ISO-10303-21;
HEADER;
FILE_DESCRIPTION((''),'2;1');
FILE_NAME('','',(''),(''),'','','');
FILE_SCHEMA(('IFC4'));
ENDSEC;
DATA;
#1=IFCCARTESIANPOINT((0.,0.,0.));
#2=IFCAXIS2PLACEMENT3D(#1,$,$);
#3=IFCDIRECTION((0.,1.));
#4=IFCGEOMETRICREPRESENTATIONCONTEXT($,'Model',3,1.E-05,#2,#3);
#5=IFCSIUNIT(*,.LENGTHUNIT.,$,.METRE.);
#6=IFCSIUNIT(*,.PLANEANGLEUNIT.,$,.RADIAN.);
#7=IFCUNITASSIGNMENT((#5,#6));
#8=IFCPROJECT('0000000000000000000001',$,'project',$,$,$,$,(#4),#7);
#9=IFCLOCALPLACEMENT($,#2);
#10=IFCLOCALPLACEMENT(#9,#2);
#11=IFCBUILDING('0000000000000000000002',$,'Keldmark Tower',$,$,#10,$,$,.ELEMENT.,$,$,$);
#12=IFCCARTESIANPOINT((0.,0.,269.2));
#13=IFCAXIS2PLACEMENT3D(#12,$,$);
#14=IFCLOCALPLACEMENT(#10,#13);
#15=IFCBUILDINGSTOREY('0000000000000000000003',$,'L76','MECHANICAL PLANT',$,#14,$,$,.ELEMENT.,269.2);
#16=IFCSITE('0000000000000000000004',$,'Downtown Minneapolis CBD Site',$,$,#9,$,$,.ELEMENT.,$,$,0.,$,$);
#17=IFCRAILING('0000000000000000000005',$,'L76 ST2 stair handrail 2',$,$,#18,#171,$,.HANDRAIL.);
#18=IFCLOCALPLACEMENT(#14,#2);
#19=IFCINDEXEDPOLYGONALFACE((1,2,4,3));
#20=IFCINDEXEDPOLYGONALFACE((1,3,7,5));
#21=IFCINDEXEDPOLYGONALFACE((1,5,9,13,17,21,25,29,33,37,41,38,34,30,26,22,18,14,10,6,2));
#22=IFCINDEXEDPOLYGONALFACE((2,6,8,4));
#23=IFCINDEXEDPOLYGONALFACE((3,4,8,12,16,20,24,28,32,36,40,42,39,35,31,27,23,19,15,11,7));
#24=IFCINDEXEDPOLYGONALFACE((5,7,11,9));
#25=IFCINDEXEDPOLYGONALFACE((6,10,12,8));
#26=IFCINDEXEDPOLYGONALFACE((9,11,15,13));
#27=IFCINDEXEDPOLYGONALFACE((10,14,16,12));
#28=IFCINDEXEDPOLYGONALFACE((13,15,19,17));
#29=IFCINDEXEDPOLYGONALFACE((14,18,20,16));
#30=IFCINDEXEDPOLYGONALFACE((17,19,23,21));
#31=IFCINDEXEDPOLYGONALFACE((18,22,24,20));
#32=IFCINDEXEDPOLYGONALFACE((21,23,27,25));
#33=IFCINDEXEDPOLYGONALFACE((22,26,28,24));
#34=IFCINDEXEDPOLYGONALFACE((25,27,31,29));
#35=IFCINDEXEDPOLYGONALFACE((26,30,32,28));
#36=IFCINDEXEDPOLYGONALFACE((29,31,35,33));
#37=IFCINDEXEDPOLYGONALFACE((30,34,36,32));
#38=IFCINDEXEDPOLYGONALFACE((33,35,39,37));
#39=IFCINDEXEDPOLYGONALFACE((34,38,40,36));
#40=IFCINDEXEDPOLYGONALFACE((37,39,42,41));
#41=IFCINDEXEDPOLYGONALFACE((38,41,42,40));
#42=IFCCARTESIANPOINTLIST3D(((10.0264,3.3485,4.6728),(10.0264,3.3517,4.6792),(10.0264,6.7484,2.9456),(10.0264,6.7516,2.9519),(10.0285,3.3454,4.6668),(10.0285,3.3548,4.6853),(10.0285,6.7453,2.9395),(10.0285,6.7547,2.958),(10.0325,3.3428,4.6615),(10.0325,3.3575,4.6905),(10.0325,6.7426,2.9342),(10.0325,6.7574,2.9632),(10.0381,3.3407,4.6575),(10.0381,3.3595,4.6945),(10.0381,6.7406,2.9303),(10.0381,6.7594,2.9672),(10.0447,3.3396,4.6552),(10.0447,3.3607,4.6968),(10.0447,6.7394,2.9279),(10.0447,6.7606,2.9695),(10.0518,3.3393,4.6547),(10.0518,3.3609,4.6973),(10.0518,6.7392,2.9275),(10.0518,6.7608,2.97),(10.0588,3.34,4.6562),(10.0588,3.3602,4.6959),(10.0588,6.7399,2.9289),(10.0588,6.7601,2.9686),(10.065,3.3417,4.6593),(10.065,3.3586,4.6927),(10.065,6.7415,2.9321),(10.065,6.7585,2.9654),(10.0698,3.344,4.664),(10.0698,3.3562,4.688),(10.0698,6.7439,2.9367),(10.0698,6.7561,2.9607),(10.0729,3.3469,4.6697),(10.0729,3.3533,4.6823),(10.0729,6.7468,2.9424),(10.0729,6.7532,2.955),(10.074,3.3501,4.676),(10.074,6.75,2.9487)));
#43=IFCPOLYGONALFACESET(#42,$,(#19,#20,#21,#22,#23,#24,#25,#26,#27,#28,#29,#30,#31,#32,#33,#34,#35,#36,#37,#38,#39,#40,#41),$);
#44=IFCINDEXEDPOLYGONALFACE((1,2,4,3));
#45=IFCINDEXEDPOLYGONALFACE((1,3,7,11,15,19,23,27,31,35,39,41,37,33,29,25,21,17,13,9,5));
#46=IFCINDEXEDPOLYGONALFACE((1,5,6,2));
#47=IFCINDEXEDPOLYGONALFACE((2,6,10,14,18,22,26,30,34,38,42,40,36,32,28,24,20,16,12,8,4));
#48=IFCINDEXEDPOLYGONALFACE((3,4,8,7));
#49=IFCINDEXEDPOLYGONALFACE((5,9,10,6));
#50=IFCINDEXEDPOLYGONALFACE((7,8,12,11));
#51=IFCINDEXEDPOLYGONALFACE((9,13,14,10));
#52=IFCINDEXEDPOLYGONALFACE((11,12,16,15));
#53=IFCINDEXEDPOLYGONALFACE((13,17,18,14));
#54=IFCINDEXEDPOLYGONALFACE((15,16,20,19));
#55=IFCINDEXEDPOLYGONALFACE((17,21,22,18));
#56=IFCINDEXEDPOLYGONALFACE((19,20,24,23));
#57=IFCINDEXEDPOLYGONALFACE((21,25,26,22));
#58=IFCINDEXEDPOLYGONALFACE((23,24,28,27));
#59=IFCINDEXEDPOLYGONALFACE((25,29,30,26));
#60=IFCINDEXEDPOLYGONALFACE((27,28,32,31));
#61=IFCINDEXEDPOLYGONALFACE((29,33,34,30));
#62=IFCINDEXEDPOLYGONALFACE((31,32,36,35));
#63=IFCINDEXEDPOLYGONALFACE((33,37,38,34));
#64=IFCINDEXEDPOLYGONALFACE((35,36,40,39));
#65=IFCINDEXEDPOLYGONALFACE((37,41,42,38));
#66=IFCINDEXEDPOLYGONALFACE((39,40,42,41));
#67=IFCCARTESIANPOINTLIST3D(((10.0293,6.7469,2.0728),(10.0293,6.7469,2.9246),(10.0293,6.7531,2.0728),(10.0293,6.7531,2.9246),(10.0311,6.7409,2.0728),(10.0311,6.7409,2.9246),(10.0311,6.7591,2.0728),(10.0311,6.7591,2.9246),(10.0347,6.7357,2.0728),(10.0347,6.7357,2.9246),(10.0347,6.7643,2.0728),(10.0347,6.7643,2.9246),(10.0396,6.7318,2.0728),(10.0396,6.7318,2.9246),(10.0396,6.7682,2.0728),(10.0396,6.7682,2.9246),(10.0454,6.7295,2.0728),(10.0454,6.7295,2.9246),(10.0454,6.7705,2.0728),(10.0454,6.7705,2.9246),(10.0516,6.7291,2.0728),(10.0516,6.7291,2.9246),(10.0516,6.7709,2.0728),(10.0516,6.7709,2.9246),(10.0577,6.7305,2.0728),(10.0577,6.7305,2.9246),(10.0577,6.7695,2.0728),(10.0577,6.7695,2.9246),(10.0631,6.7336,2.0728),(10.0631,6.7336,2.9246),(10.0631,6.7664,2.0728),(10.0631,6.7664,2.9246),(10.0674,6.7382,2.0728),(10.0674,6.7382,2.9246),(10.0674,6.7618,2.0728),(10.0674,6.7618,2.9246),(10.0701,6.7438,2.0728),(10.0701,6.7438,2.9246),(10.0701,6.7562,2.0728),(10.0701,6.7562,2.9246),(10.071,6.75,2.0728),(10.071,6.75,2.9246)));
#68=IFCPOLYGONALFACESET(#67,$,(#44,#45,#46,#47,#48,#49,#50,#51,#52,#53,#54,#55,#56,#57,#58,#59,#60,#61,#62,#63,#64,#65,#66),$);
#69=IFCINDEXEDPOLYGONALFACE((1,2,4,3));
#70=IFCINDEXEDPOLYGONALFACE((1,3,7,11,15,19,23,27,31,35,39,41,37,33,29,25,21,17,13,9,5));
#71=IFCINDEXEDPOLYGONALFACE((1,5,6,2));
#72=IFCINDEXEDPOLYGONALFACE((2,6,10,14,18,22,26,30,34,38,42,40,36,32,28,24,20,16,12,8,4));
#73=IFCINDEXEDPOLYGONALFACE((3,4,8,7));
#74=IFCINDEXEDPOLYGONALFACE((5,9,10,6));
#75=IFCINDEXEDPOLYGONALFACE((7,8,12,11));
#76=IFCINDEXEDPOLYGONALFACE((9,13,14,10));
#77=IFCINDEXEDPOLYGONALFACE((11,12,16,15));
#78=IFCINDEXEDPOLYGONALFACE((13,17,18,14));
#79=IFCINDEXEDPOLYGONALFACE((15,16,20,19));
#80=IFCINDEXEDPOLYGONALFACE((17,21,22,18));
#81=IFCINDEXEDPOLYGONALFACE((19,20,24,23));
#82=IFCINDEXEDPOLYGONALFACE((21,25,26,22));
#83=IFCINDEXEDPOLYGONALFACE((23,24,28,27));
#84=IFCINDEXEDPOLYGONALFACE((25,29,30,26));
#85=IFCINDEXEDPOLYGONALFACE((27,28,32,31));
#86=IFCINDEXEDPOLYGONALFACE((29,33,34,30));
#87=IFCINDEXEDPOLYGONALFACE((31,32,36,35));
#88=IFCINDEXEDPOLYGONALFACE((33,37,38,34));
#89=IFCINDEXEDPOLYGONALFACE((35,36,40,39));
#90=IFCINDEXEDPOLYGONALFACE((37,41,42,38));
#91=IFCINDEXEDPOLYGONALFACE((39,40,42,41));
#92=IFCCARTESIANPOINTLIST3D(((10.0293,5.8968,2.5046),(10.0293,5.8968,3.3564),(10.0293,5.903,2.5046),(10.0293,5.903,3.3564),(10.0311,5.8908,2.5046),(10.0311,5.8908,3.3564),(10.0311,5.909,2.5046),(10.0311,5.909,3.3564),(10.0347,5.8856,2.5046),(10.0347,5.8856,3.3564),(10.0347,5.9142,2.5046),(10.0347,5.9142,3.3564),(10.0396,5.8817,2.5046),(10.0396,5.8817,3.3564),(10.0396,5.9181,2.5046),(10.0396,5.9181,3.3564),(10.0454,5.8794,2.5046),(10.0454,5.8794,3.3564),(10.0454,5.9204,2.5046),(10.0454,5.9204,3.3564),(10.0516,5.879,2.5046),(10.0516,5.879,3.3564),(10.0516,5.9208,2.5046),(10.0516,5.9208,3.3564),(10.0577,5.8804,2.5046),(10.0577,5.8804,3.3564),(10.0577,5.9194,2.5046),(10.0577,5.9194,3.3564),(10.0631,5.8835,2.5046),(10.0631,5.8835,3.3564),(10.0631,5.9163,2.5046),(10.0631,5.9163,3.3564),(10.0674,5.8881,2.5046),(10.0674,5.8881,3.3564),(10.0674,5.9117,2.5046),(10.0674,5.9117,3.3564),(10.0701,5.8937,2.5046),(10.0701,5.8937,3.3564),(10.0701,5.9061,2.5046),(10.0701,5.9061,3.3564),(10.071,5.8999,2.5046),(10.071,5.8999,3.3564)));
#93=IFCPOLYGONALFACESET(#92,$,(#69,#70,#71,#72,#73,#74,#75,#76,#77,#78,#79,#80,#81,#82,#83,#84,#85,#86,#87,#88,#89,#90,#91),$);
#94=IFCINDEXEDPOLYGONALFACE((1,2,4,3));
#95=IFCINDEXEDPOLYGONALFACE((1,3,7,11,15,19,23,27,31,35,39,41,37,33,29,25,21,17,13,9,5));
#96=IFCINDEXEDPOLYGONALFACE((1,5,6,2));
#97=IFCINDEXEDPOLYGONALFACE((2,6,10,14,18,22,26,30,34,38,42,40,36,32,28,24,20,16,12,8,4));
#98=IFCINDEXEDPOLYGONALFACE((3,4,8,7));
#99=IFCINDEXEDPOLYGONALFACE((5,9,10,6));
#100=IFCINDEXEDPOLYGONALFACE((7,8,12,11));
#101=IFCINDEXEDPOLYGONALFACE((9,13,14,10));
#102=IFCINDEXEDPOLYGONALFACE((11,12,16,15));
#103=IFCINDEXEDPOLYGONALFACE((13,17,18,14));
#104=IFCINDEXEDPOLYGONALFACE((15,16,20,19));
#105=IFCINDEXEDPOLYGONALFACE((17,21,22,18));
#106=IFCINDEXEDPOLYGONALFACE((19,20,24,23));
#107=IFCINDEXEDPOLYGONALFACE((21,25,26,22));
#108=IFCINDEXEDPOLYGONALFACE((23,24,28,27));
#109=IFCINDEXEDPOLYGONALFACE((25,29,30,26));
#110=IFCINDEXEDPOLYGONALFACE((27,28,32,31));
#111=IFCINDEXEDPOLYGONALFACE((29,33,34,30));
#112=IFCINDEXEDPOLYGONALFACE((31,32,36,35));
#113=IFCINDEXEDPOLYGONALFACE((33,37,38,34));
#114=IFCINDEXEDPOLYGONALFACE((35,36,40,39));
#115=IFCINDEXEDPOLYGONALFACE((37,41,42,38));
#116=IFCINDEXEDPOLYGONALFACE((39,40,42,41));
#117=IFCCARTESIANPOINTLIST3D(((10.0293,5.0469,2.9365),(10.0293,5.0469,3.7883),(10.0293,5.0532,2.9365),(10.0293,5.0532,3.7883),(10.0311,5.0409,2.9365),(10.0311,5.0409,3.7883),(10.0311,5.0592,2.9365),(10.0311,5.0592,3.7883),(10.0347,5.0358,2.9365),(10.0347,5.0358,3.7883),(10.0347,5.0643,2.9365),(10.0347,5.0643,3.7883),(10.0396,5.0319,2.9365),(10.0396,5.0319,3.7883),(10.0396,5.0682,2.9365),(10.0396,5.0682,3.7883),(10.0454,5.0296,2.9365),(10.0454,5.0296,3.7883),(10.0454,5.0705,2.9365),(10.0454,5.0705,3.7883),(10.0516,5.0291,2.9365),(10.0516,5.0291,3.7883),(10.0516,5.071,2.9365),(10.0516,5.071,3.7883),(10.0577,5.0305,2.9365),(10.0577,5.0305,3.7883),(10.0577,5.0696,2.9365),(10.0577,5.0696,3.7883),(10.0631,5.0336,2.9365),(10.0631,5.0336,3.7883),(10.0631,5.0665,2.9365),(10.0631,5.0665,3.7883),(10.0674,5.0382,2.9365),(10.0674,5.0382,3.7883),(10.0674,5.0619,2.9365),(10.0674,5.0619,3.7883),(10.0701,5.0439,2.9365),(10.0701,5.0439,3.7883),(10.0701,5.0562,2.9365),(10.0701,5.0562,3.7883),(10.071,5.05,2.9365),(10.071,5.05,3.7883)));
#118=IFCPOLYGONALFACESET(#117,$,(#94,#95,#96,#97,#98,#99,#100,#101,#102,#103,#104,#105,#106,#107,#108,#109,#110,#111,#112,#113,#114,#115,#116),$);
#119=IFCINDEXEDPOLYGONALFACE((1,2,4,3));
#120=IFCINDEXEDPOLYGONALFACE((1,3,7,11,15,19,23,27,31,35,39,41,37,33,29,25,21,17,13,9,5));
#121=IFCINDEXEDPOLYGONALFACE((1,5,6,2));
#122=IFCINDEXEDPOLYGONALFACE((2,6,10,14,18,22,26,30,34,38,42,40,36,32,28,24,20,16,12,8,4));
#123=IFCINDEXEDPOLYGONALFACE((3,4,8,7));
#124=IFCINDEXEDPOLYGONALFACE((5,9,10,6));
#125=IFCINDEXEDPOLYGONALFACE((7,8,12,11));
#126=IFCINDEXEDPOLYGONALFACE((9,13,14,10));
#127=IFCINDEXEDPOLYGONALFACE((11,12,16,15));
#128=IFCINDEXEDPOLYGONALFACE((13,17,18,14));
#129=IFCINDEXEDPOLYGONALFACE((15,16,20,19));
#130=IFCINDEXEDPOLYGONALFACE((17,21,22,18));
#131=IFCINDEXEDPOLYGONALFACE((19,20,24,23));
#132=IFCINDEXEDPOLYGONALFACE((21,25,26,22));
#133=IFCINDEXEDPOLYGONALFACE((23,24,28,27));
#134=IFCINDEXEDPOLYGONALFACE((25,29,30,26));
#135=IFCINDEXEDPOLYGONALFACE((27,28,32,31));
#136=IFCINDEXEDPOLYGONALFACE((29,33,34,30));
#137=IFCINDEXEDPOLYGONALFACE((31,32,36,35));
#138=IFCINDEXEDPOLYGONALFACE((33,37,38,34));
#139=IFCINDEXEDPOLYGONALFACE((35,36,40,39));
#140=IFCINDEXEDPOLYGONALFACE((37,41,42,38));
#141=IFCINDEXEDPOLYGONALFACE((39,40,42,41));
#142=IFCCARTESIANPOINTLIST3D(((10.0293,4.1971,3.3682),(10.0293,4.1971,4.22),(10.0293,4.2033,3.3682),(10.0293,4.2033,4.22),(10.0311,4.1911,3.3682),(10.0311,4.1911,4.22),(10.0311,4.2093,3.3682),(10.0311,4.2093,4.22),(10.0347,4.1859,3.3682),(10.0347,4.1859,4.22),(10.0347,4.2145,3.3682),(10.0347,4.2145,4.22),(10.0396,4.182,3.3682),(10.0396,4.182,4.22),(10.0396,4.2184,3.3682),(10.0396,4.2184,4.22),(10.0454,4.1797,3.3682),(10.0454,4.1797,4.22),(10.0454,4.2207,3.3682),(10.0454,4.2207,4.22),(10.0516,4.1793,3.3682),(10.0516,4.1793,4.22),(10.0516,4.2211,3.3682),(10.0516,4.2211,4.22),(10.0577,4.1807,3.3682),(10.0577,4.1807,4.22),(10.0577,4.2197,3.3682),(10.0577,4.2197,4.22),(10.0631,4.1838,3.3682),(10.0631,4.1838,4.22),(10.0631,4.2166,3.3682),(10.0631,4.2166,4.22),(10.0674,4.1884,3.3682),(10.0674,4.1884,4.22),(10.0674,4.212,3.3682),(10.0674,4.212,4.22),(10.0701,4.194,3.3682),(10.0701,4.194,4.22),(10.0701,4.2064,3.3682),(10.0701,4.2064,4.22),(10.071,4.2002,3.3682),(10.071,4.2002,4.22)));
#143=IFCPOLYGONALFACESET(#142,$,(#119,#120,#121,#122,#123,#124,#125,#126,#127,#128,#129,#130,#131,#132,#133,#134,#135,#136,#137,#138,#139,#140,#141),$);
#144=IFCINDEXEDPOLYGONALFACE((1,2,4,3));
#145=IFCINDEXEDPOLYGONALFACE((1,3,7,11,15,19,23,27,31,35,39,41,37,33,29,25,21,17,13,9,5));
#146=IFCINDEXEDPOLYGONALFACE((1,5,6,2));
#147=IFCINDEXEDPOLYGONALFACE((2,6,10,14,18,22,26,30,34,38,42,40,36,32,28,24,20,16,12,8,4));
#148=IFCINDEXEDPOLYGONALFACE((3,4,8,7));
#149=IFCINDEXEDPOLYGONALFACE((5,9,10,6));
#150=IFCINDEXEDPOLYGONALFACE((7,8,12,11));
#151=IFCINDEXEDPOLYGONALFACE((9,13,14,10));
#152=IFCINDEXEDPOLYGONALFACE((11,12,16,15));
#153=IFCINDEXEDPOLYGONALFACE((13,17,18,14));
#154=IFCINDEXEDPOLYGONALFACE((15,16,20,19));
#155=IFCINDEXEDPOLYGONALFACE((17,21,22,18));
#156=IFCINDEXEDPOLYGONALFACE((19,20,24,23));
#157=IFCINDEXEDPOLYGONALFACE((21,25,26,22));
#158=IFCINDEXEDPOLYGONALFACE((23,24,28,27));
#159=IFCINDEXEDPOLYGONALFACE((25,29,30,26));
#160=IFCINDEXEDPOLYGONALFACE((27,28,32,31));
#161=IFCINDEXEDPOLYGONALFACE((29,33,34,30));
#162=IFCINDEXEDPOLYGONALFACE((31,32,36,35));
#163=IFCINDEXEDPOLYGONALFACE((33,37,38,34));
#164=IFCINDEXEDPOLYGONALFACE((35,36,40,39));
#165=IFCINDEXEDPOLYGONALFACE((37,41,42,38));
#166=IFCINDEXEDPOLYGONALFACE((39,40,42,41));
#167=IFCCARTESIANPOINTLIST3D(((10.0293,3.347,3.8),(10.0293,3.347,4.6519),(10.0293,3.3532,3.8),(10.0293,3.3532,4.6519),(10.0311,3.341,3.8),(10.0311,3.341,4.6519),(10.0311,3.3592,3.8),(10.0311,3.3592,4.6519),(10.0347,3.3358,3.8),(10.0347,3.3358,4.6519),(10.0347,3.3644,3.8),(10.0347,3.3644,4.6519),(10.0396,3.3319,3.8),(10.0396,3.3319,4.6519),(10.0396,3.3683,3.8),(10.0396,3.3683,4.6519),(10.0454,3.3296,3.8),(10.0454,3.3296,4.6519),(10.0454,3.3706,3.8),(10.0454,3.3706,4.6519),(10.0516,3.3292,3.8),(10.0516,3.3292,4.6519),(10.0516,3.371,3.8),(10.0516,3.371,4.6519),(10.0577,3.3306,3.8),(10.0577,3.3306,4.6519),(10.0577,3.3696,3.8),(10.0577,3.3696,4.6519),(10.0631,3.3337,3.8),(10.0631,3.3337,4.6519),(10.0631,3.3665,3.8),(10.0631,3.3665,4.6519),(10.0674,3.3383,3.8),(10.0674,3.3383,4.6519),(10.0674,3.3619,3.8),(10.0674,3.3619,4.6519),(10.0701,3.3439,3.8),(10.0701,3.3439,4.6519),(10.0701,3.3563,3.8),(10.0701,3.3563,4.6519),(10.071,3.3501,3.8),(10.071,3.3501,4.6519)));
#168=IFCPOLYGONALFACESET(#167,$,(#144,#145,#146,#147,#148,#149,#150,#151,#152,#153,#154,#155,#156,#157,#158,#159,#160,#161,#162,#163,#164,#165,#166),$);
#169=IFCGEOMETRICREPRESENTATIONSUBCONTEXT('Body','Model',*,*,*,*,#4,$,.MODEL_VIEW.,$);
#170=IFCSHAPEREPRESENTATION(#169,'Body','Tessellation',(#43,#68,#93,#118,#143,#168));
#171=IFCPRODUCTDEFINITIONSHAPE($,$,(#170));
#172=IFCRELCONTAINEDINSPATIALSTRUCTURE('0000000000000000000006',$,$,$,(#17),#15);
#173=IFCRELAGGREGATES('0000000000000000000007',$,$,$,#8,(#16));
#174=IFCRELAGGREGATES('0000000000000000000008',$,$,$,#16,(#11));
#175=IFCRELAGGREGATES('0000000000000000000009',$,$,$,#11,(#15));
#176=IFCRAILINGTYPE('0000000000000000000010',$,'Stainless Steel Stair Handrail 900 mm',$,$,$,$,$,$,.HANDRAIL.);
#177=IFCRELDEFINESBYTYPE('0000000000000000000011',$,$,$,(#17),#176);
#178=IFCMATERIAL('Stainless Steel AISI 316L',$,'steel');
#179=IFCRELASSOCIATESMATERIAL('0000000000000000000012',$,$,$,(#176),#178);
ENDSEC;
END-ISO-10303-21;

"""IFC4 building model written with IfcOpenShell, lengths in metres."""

from ifc_helpers import new_model, si_unit, direction, frame, origin, origin_2d, place, context, subcontext, project, spatial, circle, extrude, material, type_object, element, save


model = new_model("IFC4")

# Units and contexts
model_context = context("Model", 3, precision=1e-05, world=origin(), true_north=direction((0.0, 1.0)))
body_context = subcontext(model_context, "Body", "Model", "MODEL_VIEW")
ifc_project = project(units=[si_unit("LENGTHUNIT", "METRE"), si_unit("PLANEANGLEUNIT", "RADIAN")], contexts=[model_context])

# Site, building, storey
site_placement = place(None, origin())
site = spatial("IfcSite", under=ifc_project, at=site_placement, Name="Downtown Minneapolis CBD Site", CompositionType="ELEMENT", RefElevation=0.0)
building_placement = place(site_placement, origin())
building = spatial("IfcBuilding", under=site, at=building_placement, Name="Keldmark Tower", CompositionType="ELEMENT")
storey_placement = place(building_placement, frame((0.0, 0.0, 269.2)))
storey = spatial("IfcBuildingStorey", under=building, at=storey_placement, Name="L76", Description="MECHANICAL PLANT", CompositionType="ELEMENT", Elevation=269.2)

# Railing
ifc_material_1 = material(Name="Stainless Steel AISI 316L", Category="steel")
railing_type = type_object("IfcRailingType", Name="Stainless Steel Stair Handrail 900 mm", PredefinedType="HANDRAIL", material=ifc_material_1)
railing_placement = place(storey_placement, frame((10.05, 6.75, 2.0728)))
element("IfcRailing", 1, at=railing_placement, inside=storey, type_object=railing_type, Name="L76 ST2 stair handrail 2", PredefinedType="HANDRAIL", context=body_context, shape_type="SweptSolid", body=[
    extrude(circle(Radius=0.0239, at=origin_2d()), frame((0.0, 0.0, 0.876), z_axis=(0.0, -0.891541, 0.452941), x_axis=(1.0, 0.0, 0.0)), (0.0, 0.0, 1.0), 3.8135),
    extrude(circle(Radius=0.021, at=origin_2d()), origin(), (0.0, 0.0, 1.0), 0.8518),
    extrude(circle(Radius=0.021, at=origin_2d()), frame((0.0, -0.8501, 0.4319)), (0.0, 0.0, 1.0), 0.8518),
    extrude(circle(Radius=0.021, at=origin_2d()), frame((0.0, -1.7, 0.8638)), (0.0, 0.0, 1.0), 0.8518),
    extrude(circle(Radius=0.021, at=origin_2d()), frame((0.0, -2.5498, 1.2954)), (0.0, 0.0, 1.0), 0.8518),
    extrude(circle(Radius=0.021, at=origin_2d()), frame((0.0, -3.3999, 1.7273)), (0.0, 0.0, 1.0), 0.8518),
])

save(model, "model.ifc")
